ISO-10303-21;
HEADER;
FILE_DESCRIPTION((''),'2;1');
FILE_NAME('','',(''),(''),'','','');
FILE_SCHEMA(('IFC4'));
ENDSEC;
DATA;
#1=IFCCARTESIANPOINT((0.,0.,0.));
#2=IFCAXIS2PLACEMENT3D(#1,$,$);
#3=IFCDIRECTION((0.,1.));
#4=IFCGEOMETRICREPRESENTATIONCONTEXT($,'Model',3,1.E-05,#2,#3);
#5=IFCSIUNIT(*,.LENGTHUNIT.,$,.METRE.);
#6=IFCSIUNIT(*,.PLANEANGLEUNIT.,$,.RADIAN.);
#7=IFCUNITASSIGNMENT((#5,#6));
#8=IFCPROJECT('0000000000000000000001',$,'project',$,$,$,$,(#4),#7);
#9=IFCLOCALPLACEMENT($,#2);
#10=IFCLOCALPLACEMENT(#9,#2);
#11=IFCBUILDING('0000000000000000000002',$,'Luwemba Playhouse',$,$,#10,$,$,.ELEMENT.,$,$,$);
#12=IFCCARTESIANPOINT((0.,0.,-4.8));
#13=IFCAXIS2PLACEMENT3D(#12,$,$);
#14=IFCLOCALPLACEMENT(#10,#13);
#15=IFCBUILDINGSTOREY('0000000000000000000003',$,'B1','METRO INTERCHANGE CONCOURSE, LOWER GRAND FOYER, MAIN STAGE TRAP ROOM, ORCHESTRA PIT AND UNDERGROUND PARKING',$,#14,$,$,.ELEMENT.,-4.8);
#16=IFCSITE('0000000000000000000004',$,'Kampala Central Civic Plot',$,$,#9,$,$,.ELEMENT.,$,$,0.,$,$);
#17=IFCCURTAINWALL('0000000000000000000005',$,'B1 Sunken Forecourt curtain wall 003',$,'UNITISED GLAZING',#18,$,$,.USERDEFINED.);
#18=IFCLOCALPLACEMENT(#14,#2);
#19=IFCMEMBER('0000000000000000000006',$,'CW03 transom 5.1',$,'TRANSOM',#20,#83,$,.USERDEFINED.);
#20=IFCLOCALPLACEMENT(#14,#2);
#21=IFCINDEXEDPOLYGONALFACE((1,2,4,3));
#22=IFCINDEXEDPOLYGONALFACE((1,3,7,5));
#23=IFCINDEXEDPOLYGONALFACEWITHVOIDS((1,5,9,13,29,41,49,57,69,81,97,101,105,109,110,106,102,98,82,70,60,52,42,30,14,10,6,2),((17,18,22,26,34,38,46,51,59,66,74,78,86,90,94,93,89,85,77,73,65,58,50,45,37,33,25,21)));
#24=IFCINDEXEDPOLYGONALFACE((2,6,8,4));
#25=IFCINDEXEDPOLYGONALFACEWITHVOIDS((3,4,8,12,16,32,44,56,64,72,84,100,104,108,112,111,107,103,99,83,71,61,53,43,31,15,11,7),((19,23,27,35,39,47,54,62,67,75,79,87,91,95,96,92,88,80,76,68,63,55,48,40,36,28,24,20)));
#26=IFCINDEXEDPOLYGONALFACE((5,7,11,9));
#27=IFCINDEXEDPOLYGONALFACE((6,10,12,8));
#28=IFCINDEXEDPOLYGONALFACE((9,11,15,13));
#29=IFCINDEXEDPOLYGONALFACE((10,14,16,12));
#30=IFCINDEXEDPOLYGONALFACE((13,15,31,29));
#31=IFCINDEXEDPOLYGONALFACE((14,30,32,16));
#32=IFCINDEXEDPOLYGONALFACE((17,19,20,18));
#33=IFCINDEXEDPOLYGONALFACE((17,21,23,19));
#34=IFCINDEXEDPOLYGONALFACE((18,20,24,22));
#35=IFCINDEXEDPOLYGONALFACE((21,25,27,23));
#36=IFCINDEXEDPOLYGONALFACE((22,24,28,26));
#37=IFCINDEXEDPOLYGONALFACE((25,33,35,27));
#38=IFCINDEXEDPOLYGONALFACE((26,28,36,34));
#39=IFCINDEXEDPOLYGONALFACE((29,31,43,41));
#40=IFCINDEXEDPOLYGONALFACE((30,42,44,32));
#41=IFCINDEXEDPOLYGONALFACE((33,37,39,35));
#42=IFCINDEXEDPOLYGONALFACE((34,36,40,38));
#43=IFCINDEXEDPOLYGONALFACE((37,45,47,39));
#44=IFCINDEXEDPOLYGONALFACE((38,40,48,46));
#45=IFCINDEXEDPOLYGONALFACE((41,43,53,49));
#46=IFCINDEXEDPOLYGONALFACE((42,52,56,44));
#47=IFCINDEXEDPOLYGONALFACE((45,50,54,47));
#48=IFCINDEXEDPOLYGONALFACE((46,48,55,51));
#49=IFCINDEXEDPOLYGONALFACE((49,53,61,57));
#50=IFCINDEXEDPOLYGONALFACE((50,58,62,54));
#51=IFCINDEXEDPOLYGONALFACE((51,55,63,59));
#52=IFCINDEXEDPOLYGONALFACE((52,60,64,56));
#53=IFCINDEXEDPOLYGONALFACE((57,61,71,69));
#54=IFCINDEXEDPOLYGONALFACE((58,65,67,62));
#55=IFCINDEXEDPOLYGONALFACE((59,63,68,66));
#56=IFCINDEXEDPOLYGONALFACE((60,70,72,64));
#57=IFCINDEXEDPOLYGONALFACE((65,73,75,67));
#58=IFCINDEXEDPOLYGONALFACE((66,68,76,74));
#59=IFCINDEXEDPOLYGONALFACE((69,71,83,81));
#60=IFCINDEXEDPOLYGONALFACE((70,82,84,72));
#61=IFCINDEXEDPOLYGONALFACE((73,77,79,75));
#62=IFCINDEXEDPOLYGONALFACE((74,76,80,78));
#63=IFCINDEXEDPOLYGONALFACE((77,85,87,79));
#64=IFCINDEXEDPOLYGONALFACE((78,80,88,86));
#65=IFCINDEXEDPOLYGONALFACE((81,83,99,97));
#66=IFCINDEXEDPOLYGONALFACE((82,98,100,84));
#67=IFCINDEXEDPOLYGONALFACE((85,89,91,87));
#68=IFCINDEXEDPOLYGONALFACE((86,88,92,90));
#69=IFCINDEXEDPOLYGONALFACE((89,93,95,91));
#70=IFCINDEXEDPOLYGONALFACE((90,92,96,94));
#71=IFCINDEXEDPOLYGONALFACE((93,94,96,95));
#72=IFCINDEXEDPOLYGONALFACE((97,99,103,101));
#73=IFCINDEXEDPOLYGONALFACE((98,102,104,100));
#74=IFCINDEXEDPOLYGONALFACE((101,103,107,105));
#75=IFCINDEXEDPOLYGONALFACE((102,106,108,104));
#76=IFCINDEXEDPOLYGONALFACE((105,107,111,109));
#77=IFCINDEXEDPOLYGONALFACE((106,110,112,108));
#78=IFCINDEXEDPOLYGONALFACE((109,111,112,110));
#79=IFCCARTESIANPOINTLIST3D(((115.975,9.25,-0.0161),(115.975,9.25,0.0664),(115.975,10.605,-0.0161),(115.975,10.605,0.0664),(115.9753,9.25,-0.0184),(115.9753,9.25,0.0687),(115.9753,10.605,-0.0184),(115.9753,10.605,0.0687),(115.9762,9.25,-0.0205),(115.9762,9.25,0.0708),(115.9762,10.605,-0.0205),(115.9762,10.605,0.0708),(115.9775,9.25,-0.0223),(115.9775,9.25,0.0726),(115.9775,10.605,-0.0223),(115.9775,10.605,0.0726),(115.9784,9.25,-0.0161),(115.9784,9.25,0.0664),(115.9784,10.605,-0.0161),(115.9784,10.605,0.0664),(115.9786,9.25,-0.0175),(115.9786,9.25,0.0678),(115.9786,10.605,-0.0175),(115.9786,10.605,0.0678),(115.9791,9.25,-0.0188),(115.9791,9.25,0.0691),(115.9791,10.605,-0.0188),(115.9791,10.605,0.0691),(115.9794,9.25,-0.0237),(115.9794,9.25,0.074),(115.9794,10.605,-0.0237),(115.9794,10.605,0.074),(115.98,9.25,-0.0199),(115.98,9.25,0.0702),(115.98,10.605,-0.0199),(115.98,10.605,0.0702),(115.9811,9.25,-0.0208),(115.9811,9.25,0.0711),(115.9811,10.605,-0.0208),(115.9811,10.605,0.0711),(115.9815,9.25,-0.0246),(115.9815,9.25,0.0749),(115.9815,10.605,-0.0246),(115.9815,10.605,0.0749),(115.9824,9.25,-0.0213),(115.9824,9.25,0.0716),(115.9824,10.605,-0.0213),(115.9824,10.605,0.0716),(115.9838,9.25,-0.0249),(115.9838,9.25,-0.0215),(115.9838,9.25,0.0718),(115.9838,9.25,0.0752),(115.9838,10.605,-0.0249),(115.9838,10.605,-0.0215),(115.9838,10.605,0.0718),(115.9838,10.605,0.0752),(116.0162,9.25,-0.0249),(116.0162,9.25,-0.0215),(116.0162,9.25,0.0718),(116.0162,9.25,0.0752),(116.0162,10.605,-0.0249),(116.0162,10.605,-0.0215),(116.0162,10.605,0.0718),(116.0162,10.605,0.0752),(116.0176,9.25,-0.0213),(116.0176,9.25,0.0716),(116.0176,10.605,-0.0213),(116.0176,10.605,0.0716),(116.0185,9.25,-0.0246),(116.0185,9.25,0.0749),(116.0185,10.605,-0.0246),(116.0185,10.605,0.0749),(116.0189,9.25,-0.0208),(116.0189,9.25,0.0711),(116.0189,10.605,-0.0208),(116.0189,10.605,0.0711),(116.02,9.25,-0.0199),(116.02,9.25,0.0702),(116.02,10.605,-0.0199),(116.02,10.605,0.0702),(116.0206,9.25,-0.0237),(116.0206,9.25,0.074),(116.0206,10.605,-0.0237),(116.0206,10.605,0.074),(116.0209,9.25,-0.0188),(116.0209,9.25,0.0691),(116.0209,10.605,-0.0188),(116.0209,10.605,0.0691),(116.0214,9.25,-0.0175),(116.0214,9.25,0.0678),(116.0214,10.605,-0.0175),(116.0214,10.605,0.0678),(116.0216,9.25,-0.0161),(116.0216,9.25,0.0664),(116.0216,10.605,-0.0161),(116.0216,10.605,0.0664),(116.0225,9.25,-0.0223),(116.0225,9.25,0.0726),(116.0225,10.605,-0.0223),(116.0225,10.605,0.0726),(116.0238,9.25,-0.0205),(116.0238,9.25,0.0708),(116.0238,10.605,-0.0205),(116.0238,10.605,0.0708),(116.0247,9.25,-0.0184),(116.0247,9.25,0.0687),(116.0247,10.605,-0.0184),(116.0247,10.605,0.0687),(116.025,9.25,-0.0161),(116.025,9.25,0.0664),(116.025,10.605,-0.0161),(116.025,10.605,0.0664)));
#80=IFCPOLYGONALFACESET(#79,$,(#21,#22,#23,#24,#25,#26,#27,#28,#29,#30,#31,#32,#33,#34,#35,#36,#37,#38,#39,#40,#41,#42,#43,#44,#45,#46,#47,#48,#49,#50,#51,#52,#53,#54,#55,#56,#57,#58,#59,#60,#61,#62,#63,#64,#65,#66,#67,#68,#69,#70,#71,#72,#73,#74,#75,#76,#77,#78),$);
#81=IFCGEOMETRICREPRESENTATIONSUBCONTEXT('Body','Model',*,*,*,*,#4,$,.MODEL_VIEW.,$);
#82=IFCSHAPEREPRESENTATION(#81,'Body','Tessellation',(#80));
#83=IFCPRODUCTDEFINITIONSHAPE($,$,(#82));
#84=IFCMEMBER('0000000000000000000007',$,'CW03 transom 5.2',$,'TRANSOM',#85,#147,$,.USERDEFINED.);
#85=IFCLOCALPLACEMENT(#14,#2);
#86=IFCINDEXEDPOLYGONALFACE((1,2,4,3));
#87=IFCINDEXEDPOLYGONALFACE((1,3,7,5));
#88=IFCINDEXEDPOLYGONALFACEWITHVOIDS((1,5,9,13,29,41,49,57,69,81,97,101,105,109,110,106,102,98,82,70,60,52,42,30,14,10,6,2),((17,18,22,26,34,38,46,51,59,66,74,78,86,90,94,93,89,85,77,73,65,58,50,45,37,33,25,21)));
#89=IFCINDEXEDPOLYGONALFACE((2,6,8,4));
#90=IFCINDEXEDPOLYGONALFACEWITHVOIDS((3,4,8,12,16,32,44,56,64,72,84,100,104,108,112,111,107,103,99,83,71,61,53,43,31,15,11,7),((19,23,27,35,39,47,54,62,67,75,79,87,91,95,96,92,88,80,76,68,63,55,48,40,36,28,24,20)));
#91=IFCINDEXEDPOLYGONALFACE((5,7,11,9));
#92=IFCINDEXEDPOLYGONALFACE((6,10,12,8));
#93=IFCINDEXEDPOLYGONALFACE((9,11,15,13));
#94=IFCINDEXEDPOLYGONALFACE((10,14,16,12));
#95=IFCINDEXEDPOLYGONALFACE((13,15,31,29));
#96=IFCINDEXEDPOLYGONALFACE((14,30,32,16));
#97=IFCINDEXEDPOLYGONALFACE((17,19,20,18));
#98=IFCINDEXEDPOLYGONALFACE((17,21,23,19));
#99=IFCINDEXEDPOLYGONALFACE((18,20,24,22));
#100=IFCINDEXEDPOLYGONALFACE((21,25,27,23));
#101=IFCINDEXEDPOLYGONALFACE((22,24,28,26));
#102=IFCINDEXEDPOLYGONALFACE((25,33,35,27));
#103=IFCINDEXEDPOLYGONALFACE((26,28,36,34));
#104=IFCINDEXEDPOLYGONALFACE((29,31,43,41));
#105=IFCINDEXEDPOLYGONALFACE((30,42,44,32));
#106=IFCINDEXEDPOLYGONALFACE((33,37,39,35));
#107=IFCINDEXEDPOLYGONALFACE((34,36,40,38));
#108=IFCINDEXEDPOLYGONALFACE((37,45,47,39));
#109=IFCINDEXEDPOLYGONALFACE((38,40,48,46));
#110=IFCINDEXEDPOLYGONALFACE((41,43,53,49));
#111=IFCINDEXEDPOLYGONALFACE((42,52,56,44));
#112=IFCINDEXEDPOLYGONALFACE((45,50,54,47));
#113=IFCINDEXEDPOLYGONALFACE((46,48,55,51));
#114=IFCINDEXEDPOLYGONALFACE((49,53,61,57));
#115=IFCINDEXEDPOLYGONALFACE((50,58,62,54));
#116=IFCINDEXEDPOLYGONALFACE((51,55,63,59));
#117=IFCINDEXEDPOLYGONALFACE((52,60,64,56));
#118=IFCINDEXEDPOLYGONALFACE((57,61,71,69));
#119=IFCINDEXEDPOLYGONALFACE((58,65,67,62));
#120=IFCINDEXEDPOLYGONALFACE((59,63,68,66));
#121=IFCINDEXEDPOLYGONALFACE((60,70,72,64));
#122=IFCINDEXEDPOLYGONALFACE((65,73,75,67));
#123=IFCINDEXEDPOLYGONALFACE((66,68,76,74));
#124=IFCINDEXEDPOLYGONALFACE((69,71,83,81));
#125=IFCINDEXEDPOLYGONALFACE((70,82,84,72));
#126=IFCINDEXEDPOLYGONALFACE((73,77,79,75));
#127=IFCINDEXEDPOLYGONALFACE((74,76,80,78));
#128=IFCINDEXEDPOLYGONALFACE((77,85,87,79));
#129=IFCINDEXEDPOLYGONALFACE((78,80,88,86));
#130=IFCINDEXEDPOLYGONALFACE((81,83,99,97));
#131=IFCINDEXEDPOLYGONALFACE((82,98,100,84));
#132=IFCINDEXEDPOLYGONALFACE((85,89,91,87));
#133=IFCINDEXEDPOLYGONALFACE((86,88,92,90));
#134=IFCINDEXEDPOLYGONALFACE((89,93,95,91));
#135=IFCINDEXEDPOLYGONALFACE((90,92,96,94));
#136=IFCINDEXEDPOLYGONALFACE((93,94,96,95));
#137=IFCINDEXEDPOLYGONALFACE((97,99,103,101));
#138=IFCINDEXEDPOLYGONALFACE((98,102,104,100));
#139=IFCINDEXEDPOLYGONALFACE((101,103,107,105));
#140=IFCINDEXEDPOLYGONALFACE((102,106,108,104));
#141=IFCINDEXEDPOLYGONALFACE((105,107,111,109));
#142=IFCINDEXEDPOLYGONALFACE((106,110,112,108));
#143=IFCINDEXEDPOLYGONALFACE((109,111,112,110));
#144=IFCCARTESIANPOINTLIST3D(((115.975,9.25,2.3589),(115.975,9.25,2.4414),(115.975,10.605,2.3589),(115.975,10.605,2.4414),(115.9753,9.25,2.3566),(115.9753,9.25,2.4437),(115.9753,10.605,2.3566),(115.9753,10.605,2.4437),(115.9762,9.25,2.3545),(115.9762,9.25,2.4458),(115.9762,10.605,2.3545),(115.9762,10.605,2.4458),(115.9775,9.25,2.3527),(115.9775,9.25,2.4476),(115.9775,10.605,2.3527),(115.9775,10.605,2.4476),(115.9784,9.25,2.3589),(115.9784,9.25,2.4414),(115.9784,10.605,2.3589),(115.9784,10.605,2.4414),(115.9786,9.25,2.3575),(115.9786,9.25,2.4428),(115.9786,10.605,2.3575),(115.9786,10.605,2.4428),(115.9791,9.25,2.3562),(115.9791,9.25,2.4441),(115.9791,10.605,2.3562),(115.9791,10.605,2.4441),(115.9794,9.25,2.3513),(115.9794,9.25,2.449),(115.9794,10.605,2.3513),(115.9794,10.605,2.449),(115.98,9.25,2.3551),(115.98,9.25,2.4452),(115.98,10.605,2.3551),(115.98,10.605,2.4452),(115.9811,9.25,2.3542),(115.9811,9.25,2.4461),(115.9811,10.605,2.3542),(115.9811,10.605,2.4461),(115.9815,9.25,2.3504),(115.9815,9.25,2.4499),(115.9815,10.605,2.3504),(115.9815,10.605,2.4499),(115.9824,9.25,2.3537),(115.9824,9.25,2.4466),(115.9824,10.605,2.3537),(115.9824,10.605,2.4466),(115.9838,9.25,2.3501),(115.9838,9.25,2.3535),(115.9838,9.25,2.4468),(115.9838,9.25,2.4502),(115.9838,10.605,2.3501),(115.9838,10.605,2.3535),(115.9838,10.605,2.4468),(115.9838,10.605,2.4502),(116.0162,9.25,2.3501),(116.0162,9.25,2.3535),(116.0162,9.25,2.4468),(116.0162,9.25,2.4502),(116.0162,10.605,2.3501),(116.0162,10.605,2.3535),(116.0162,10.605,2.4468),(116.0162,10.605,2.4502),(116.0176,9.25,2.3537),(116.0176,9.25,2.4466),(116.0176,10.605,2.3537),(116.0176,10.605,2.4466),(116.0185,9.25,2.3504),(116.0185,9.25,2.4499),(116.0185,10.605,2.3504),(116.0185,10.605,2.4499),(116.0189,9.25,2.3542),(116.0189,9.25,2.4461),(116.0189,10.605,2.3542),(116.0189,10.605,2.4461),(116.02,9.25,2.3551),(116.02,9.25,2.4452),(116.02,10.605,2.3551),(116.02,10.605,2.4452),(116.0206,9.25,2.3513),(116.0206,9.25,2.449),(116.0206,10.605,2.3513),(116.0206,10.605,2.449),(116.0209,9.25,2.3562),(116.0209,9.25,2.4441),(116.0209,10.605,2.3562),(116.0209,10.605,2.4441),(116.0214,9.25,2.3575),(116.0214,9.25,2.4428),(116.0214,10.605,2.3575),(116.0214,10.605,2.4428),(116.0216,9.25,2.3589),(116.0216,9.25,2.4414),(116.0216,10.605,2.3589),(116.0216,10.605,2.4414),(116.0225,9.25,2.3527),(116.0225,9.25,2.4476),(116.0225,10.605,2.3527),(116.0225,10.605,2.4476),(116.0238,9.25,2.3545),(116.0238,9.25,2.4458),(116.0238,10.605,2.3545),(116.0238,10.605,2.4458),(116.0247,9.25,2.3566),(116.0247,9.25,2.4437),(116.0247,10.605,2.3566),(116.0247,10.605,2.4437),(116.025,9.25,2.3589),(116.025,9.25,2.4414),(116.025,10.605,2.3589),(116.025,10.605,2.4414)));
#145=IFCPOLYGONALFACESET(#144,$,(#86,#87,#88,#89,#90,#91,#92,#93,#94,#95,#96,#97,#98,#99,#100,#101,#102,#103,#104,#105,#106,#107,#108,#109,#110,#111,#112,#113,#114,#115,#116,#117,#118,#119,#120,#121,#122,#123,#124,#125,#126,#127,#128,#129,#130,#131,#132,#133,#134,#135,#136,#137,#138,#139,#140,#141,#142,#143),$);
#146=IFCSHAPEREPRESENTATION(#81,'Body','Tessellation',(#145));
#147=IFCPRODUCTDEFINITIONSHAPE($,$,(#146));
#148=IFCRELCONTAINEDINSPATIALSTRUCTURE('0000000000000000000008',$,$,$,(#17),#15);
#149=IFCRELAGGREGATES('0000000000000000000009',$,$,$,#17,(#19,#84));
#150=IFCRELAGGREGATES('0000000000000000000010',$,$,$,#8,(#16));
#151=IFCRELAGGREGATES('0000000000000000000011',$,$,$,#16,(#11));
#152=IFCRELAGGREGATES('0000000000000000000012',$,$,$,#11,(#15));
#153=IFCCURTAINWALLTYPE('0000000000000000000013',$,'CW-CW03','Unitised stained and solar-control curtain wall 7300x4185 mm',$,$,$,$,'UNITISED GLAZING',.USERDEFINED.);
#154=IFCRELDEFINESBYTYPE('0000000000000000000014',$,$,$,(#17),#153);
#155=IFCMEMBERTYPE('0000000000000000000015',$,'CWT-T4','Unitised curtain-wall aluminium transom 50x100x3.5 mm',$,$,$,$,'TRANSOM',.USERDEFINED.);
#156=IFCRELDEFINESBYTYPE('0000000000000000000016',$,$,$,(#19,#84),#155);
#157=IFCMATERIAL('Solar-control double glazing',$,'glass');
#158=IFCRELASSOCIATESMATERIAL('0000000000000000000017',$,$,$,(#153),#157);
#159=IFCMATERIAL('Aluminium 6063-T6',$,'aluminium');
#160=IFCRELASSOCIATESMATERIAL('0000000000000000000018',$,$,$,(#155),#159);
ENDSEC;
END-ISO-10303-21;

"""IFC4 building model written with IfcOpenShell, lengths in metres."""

from ifc_helpers import new_model, si_unit, direction, frame, origin, origin_2d, place, context, subcontext, project, spatial, hollow_rectangle, extrude, material, material_profile, profile_set, type_object, element, aggregate, save


model = new_model("IFC4")

# Units and contexts
model_context = context("Model", 3, precision=1e-05, world=origin(), true_north=direction((0.0, 1.0)))
body_context = subcontext(model_context, "Body", "Model", "MODEL_VIEW")
ifc_project = project(units=[si_unit("LENGTHUNIT", "METRE"), si_unit("PLANEANGLEUNIT", "RADIAN")], contexts=[model_context])

# Site, building, storey
site_placement = place(None, origin())
site = spatial("IfcSite", under=ifc_project, at=site_placement, Name="Kampala Central Civic Plot", CompositionType="ELEMENT", RefElevation=0.0)
building_placement = place(site_placement, origin())
building = spatial("IfcBuilding", under=site, at=building_placement, Name="Luwemba Playhouse", CompositionType="ELEMENT")
storey_placement = place(building_placement, frame((0.0, 0.0, -4.8)))
storey = spatial("IfcBuildingStorey", under=building, at=storey_placement, Name="B1", Description="METRO INTERCHANGE CONCOURSE, LOWER GRAND FOYER, MAIN STAGE TRAP ROOM, ORCHESTRA PIT AND UNDERGROUND PARKING", CompositionType="ELEMENT", Elevation=-4.8)

# Curtain wall, members
ifc_material_1 = material(Name="Solar-control double glazing", Category="glass")
curtain_wall_type = type_object("IfcCurtainWallType", Name="CW-CW03", Description="Unitised stained and solar-control curtain wall 7300x4185 mm", ElementType="UNITISED GLAZING", PredefinedType="USERDEFINED", material=ifc_material_1)
curtain_wall_placement = place(storey_placement, origin())
curtain_wall = element("IfcCurtainWall", 1, at=curtain_wall_placement, inside=storey, type_object=curtain_wall_type, Name="B1 Sunken Forecourt curtain wall 003", ObjectType="UNITISED GLAZING", PredefinedType="USERDEFINED")
ifc_material_2 = material(Name="Aluminium 6063-T6", Category="aluminium")
ifc_material_profile_1 = material_profile(ifc_material_2, hollow_rectangle(XDim=0.05, YDim=0.1001, WallThickness=0.0034, InnerFilletRadius=0.0054, OuterFilletRadius=0.0088, at=origin_2d()))
ifc_profile_set_1 = profile_set([ifc_material_profile_1], Name="Aluminium 6063-T6")
member_type_1 = type_object("IfcMemberType", Name="CWT-T4", Description="Unitised curtain-wall aluminium transom 50x100x3.5 mm", ElementType="TRANSOM", PredefinedType="USERDEFINED", material=ifc_profile_set_1)
member_1_placement = place(storey_placement, frame((116.0, 9.25, 0.0251), z_axis=(0.0, 1.0, 0.0), x_axis=(-1.0, 0.0, 0.0)))
member_1 = element("IfcMember", 2, at=member_1_placement, type_object=member_type_1, Name="CW03 transom 5.1", ObjectType="TRANSOM", PredefinedType="USERDEFINED", context=body_context, shape_type="SweptSolid", body=[
    extrude(hollow_rectangle(XDim=0.05, YDim=0.1001, WallThickness=0.0034, InnerFilletRadius=0.0054, OuterFilletRadius=0.0088, at=origin_2d()), origin(), (0.0, 0.0, 1.0), 1.355),
])
member_2_placement = place(storey_placement, frame((116.0, 9.25, 2.4001), z_axis=(0.0, 1.0, 0.0), x_axis=(-1.0, 0.0, 0.0)))
member_2 = element("IfcMember", 3, at=member_2_placement, type_object=member_type_1, Name="CW03 transom 5.2", ObjectType="TRANSOM", PredefinedType="USERDEFINED", context=body_context, shape_type="SweptSolid", body=[
    extrude(hollow_rectangle(XDim=0.05, YDim=0.1001, WallThickness=0.0034, InnerFilletRadius=0.0054, OuterFilletRadius=0.0088, at=origin_2d()), origin(), (0.0, 0.0, 1.0), 1.355),
])
aggregate(curtain_wall, [member_1, member_2])

save(model, "model.ifc")
